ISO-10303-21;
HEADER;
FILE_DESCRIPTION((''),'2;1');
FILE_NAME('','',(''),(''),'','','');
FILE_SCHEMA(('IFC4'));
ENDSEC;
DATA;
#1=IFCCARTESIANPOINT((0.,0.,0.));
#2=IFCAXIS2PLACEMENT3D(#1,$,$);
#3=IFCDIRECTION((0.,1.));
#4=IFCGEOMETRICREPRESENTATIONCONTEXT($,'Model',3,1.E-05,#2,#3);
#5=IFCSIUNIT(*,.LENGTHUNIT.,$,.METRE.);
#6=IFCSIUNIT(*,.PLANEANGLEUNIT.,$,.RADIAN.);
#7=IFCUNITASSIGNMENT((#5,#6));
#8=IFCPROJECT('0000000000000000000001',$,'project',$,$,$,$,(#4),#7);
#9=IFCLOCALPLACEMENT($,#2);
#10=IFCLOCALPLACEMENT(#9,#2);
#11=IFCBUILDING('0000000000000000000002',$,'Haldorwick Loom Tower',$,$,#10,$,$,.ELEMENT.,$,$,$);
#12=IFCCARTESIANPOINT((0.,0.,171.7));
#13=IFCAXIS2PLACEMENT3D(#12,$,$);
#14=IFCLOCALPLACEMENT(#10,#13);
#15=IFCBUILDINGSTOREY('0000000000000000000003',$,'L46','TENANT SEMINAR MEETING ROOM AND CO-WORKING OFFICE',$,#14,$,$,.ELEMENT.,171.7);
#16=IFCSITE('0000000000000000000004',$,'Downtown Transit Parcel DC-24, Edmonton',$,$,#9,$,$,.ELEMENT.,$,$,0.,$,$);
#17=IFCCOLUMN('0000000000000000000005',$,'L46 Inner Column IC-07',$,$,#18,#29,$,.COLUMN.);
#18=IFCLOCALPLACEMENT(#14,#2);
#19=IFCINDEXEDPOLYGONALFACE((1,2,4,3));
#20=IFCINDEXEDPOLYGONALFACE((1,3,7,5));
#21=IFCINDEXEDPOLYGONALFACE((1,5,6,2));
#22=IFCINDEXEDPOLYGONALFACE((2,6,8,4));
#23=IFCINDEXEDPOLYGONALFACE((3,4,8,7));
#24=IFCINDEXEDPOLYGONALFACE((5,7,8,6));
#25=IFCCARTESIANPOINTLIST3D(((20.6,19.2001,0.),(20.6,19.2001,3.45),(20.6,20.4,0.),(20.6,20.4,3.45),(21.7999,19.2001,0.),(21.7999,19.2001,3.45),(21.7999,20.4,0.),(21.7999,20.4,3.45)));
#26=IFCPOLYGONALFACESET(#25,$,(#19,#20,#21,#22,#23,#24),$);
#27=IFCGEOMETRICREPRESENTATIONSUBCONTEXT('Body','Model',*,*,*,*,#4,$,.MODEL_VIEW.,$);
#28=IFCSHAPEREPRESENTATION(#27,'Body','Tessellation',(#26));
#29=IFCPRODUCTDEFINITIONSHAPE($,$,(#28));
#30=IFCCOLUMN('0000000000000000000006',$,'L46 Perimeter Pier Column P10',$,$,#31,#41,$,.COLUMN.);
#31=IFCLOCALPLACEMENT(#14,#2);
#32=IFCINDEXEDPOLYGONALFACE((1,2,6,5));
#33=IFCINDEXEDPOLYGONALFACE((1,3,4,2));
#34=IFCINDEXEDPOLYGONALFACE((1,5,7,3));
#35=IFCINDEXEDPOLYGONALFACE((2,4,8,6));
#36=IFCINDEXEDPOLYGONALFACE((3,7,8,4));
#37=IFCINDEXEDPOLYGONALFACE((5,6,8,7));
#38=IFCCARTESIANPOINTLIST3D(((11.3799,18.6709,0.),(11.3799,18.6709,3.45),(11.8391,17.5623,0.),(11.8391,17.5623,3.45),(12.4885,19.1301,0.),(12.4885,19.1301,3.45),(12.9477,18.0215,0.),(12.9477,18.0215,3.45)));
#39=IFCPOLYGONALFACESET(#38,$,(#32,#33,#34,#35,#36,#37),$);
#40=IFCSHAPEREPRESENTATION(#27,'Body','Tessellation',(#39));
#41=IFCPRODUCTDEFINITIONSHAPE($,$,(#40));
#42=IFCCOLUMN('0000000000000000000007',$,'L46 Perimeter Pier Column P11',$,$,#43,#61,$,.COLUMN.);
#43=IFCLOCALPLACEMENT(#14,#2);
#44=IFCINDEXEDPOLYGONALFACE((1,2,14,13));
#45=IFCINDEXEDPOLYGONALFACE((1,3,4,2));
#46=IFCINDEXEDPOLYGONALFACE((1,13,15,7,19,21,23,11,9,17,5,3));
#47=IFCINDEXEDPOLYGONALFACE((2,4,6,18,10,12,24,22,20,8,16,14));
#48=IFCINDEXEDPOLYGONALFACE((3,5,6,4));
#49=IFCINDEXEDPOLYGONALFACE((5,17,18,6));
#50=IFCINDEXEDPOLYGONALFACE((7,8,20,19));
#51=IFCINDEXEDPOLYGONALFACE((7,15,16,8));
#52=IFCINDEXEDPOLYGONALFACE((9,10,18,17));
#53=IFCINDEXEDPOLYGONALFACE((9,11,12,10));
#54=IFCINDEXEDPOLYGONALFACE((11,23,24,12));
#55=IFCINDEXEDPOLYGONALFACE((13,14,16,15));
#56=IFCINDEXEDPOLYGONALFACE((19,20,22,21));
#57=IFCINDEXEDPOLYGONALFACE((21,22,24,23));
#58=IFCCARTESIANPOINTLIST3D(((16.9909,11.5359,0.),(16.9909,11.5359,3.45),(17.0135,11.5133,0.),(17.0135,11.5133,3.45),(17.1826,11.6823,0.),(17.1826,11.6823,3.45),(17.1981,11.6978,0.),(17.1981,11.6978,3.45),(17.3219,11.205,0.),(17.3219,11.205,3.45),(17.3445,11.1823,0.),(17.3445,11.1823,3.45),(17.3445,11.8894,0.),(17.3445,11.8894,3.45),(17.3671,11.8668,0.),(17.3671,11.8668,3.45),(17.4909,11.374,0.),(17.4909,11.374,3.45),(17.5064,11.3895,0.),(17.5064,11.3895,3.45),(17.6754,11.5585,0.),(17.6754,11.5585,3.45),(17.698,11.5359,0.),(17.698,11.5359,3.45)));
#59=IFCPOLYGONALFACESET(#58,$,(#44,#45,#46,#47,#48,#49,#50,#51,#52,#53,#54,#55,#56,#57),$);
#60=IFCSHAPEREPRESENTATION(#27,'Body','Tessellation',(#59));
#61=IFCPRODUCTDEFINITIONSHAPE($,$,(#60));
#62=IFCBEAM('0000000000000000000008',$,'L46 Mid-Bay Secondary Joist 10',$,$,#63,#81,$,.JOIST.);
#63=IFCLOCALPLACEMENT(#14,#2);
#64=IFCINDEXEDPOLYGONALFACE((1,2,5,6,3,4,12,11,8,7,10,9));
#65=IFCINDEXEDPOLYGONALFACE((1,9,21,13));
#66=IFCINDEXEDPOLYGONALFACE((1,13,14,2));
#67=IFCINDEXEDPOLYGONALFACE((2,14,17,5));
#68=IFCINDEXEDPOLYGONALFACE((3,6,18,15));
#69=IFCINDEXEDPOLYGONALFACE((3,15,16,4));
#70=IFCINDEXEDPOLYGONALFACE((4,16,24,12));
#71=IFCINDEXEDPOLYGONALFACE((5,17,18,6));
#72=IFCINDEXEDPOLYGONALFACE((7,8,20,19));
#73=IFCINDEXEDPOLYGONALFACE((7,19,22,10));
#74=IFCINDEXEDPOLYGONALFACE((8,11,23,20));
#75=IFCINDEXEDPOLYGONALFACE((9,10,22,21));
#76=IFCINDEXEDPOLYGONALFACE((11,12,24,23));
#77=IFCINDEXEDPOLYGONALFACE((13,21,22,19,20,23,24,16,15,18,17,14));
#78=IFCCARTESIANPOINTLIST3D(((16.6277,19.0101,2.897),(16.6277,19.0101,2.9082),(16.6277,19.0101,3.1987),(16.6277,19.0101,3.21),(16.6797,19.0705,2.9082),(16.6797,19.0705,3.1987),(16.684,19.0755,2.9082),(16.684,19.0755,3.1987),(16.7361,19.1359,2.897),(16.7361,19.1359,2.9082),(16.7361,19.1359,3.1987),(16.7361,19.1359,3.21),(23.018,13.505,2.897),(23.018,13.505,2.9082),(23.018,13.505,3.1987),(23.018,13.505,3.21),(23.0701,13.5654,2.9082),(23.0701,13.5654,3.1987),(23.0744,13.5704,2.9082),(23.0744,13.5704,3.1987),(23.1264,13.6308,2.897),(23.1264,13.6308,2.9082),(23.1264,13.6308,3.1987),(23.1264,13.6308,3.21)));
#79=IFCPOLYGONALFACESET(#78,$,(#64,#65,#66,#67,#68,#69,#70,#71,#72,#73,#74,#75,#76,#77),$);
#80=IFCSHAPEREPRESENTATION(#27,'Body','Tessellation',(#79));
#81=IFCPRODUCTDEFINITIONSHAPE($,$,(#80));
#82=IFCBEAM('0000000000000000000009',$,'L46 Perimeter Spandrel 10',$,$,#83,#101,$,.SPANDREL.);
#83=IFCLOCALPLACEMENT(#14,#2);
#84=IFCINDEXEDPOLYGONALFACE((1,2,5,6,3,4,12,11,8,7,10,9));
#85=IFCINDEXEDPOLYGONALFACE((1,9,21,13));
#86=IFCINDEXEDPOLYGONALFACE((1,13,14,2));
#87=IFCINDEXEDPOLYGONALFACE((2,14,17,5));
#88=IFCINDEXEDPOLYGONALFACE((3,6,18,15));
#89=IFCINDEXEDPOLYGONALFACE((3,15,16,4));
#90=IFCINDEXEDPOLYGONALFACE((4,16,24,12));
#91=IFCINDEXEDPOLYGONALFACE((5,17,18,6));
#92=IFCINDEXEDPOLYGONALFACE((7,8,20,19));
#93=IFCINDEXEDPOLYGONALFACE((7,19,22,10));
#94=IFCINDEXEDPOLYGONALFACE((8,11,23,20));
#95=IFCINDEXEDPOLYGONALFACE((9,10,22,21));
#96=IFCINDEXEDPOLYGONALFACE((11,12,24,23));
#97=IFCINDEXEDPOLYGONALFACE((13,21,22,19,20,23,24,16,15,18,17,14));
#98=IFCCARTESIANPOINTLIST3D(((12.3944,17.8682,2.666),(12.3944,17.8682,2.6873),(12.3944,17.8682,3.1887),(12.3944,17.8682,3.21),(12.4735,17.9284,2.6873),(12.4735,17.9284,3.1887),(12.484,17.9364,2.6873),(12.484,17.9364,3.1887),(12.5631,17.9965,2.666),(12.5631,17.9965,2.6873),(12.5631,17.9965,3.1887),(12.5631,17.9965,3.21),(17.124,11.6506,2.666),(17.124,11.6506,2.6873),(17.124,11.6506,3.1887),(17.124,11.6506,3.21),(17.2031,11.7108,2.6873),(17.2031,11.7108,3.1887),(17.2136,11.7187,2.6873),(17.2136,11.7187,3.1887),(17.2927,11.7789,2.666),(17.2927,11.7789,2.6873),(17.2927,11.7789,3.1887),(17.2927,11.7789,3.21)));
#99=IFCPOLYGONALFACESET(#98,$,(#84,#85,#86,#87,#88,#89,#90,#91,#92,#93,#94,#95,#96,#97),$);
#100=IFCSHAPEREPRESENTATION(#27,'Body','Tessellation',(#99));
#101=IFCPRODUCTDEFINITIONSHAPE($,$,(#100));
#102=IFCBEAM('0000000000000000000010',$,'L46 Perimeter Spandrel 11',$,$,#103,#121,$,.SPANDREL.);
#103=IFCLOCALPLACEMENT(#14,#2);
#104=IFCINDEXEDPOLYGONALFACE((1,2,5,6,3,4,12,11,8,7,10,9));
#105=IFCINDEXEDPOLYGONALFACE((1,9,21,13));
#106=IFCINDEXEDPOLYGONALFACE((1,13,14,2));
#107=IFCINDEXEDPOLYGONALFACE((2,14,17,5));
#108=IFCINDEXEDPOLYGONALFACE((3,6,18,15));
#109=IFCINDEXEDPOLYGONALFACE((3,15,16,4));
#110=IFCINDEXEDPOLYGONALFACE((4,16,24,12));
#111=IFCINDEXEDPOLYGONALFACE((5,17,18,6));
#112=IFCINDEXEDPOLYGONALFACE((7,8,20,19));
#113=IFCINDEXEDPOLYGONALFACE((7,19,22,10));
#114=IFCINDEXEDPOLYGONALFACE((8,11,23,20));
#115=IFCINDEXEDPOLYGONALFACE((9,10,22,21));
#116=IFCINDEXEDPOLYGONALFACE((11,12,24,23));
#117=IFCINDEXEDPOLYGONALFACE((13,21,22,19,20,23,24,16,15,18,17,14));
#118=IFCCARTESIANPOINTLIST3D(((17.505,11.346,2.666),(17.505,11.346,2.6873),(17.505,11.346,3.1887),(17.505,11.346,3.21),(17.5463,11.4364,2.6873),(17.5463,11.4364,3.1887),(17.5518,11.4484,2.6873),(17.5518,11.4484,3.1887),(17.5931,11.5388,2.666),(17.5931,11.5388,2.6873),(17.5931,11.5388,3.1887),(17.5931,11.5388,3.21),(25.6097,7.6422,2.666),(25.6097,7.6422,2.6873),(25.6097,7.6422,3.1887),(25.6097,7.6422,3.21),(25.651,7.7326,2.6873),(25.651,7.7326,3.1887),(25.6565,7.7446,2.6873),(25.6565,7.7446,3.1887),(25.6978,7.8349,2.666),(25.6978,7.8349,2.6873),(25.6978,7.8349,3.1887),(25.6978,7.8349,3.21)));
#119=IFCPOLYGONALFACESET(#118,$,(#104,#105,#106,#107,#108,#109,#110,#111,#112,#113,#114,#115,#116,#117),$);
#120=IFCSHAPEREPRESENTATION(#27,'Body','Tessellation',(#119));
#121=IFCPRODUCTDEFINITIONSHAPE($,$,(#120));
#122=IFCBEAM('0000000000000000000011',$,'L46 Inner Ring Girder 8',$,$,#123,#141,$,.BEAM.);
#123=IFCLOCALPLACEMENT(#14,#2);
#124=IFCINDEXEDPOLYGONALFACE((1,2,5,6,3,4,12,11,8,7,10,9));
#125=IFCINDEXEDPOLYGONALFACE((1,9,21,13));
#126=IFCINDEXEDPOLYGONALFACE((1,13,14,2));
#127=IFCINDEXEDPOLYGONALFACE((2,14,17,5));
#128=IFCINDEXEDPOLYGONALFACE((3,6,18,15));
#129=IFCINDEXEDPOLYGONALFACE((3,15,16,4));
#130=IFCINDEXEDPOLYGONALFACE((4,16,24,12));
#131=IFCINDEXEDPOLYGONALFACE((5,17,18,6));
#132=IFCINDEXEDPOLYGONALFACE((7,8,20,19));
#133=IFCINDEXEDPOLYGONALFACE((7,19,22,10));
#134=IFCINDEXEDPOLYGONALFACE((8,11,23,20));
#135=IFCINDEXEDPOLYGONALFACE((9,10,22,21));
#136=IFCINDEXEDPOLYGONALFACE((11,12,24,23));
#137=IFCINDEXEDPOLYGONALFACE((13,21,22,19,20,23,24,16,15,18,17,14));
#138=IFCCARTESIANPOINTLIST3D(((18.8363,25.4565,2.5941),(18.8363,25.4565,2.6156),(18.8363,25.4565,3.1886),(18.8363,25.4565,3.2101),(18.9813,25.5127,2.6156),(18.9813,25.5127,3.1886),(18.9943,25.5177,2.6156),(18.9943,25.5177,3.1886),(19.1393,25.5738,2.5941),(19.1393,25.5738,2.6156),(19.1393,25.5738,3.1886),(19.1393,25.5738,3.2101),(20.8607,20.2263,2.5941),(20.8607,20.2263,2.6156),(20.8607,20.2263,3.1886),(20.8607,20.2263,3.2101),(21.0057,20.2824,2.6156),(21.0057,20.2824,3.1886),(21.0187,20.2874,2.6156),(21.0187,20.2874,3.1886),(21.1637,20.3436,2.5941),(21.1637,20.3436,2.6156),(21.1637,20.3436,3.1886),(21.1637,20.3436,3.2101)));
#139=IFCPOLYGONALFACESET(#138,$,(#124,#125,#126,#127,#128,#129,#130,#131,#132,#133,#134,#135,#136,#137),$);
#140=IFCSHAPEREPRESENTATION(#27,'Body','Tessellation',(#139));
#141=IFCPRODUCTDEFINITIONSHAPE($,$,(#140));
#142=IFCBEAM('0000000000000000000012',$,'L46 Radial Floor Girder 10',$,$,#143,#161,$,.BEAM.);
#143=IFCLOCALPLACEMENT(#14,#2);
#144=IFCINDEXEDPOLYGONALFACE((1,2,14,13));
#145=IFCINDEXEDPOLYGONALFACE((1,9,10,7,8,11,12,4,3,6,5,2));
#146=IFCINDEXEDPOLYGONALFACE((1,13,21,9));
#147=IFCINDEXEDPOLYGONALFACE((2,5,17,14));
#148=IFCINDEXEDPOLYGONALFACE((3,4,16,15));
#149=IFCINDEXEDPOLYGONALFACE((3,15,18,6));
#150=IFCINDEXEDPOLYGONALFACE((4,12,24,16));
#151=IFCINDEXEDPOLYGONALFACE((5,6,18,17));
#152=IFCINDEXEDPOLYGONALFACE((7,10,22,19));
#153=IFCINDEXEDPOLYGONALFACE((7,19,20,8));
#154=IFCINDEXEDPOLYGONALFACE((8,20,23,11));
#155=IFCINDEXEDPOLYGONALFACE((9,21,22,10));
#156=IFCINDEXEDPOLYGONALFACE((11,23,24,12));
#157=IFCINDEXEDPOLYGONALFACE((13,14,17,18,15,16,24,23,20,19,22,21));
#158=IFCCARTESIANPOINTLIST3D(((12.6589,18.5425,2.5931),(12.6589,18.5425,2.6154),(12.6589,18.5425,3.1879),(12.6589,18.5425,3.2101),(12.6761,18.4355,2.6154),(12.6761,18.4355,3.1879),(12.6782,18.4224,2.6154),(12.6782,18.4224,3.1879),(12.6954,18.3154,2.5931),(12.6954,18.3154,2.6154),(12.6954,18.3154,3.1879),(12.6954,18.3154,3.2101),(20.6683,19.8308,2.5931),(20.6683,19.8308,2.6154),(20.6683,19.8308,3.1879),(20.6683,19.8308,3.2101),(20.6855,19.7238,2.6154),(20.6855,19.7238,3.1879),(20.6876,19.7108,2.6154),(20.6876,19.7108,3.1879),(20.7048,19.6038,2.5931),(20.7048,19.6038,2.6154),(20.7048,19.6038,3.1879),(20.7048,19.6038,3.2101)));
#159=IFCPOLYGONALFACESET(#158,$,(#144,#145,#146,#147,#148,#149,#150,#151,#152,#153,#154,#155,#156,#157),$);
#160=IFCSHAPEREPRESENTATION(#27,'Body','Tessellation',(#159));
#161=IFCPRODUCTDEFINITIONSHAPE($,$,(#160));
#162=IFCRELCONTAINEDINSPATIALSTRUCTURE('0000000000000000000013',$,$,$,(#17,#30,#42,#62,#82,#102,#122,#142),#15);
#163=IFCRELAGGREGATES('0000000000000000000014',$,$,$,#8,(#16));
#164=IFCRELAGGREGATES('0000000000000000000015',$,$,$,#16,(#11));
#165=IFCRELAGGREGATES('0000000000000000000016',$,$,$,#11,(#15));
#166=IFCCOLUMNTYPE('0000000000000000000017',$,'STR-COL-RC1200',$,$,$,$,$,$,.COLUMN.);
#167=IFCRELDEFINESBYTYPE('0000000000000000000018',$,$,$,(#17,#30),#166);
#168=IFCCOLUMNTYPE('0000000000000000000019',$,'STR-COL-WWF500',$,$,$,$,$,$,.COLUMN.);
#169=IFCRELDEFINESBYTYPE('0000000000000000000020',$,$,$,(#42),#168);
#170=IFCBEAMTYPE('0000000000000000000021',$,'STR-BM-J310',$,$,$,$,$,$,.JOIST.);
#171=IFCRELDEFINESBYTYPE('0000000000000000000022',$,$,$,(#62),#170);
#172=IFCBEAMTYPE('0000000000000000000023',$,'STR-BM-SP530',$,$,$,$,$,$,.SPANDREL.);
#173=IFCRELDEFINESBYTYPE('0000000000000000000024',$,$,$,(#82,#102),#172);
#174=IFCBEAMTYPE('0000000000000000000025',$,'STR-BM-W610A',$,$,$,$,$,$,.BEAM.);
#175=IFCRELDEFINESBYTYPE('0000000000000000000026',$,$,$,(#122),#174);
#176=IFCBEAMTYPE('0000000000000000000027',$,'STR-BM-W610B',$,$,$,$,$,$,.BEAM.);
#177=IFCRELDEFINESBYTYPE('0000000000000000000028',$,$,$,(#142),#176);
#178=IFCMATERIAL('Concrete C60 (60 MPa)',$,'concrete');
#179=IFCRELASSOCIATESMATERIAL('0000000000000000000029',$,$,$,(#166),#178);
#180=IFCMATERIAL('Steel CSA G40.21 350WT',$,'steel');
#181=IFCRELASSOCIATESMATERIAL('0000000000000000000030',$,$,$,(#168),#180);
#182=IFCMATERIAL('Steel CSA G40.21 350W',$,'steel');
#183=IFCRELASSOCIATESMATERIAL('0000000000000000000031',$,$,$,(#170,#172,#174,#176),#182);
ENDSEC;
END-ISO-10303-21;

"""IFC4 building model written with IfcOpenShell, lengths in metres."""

from ifc_helpers import new_model, si_unit, direction, frame, origin, origin_2d, place, context, subcontext, project, spatial, rectangle, i_section, extrude, material, material_profile, profile_set, type_object, element, save


model = new_model("IFC4")

# Units and contexts
model_context = context("Model", 3, precision=1e-05, world=origin(), true_north=direction((0.0, 1.0)))
body_context = subcontext(model_context, "Body", "Model", "MODEL_VIEW")
ifc_project = project(units=[si_unit("LENGTHUNIT", "METRE"), si_unit("PLANEANGLEUNIT", "RADIAN")], contexts=[model_context])

# Site, building, storey
site_placement = place(None, origin())
site = spatial("IfcSite", under=ifc_project, at=site_placement, Name="Downtown Transit Parcel DC-24, Edmonton", CompositionType="ELEMENT", RefElevation=0.0)
building_placement = place(site_placement, origin())
building = spatial("IfcBuilding", under=site, at=building_placement, Name="Haldorwick Loom Tower", CompositionType="ELEMENT")
storey_placement = place(building_placement, frame((0.0, 0.0, 171.7)))
storey = spatial("IfcBuildingStorey", under=building, at=storey_placement, Name="L46", Description="TENANT SEMINAR MEETING ROOM AND CO-WORKING OFFICE", CompositionType="ELEMENT", Elevation=171.7)

# Columns
ifc_material_1 = material(Name="Concrete C60 (60 MPa)", Category="concrete")
ifc_material_profile_1 = material_profile(ifc_material_1, rectangle(XDim=1.2, YDim=1.2, at=origin_2d()), Name="RC1200X1200", Category="concrete")
ifc_profile_set_1 = profile_set([ifc_material_profile_1], Name="Concrete C60 (60 MPa)")
column_type_1 = type_object("IfcColumnType", Name="STR-COL-RC1200", PredefinedType="COLUMN", material=ifc_profile_set_1)
for number, where, z_axis, x_axis, name in (
    (1, (21.2, 19.8, 0.0), (0.0, 0.0, 1.0), (1.0, 0.0, 0.0), "L46 Inner Column IC-07"),
    (2, (12.1638, 18.3462, 0.0), (0.0, 0.0, 1.0), (-0.92388, -0.382683, 0.0), "L46 Perimeter Pier Column P10"),
):
    element("IfcColumn", number, at=place(storey_placement, frame(where, z_axis=z_axis, x_axis=x_axis)), inside=storey, type_object=column_type_1, Name=name, PredefinedType="COLUMN", context=body_context, shape_type="SweptSolid", body=[
        extrude(rectangle(XDim=1.2, YDim=1.2, at=origin_2d()), origin(), (0.0, 0.0, 1.0), 3.45),
    ])
ifc_material_2 = material(Name="Steel CSA G40.21 350WT", Category="steel")
ifc_material_profile_2 = material_profile(ifc_material_2, i_section(OverallWidth=0.5, OverallDepth=0.5, WebThickness=0.022, FlangeThickness=0.032, at=origin_2d()), Name="WWF500X500", Category="steel")
ifc_profile_set_2 = profile_set([ifc_material_profile_2], Name="Steel CSA G40.21 350WT")
column_type_2 = type_object("IfcColumnType", Name="STR-COL-WWF500", PredefinedType="COLUMN", material=ifc_profile_set_2)
column_placement = place(storey_placement, frame((17.3445, 11.5359, 0.0), z_axis=(0.0, 0.0, 1.0), x_axis=(-0.707107, -0.707107, 0.0)))
element("IfcColumn", 3, at=column_placement, inside=storey, type_object=column_type_2, Name="L46 Perimeter Pier Column P11", PredefinedType="COLUMN", context=body_context, shape_type="SweptSolid", body=[
    extrude(i_section(OverallWidth=0.5, OverallDepth=0.5, WebThickness=0.022, FlangeThickness=0.032, at=origin_2d()), origin(), (0.0, 0.0, 1.0), 3.45),
])

# Beams
ifc_material_3 = material(Name="Steel CSA G40.21 350W", Category="steel")
ifc_material_profile_3 = material_profile(ifc_material_3, i_section(OverallWidth=0.166, OverallDepth=0.313, WebThickness=0.0066, FlangeThickness=0.0112, at=origin_2d()), Name="W310X45", Category="steel")
ifc_profile_set_3 = profile_set([ifc_material_profile_3], Name="Steel CSA G40.21 350W")
beam_type_1 = type_object("IfcBeamType", Name="STR-BM-J310", PredefinedType="JOIST", material=ifc_profile_set_3)
beam_1_placement = place(storey_placement, frame((16.6819, 19.073, 3.0535), z_axis=(0.757634, -0.65268, 0.0), x_axis=(0.65268, 0.757634, 0.0)))
element("IfcBeam", 4, at=beam_1_placement, inside=storey, type_object=beam_type_1, Name="L46 Mid-Bay Secondary Joist 10", PredefinedType="JOIST", context=body_context, shape_type="SweptSolid", body=[
    extrude(i_section(OverallWidth=0.166, OverallDepth=0.313, WebThickness=0.0066, FlangeThickness=0.0112, at=origin_2d()), origin(), (0.0, 0.0, 1.0), 8.4346),
])
ifc_material_profile_4 = material_profile(ifc_material_3, i_section(OverallWidth=0.2119, OverallDepth=0.5439, WebThickness=0.0132, FlangeThickness=0.0212, at=origin_2d()), Name="W530X123", Category="steel")
ifc_profile_set_4 = profile_set([ifc_material_profile_4], Name="Steel CSA G40.21 350W")
beam_type_2 = type_object("IfcBeamType", Name="STR-BM-SP530", PredefinedType="SPANDREL", material=ifc_profile_set_4)
beam_2_placement = place(storey_placement, frame((12.4788, 17.9324, 2.938), z_axis=(0.605422, -0.795905, 0.0), x_axis=(0.795905, 0.605422, 0.0)))
element("IfcBeam", 5, at=beam_2_placement, inside=storey, type_object=beam_type_2, Name="L46 Perimeter Spandrel 10", PredefinedType="SPANDREL", context=body_context, shape_type="SweptSolid", body=[
    extrude(i_section(OverallWidth=0.2119, OverallDepth=0.5439, WebThickness=0.0132, FlangeThickness=0.0212, at=origin_2d()), origin(), (0.0, 0.0, 1.0), 7.812),
])
beam_3_placement = place(storey_placement, frame((17.5491, 11.4424, 2.938), z_axis=(0.909524, -0.415652, 0.0), x_axis=(0.415652, 0.909524, 0.0)))
element("IfcBeam", 6, at=beam_3_placement, inside=storey, type_object=beam_type_2, Name="L46 Perimeter Spandrel 11", PredefinedType="SPANDREL", context=body_context, shape_type="SweptSolid", body=[
    extrude(i_section(OverallWidth=0.2119, OverallDepth=0.5439, WebThickness=0.0132, FlangeThickness=0.0212, at=origin_2d()), origin(), (0.0, 0.0, 1.0), 8.9109),
])
ifc_material_profile_5 = material_profile(ifc_material_3, i_section(OverallWidth=0.325, OverallDepth=0.616, WebThickness=0.0139, FlangeThickness=0.0215, at=origin_2d()), Name="W610X174", Category="steel")
ifc_profile_set_5 = profile_set([ifc_material_profile_5], Name="Steel CSA G40.21 350W")
beam_type_3 = type_object("IfcBeamType", Name="STR-BM-W610A", PredefinedType="BEAM", material=ifc_profile_set_5)
beam_4_placement = place(storey_placement, frame((21.0122, 20.2849, 2.9021), z_axis=(-0.360965, 0.932579, 0.0), x_axis=(-0.932579, -0.360965, 0.0)))
element("IfcBeam", 7, at=beam_4_placement, inside=storey, type_object=beam_type_3, Name="L46 Inner Ring Girder 8", PredefinedType="BEAM", context=body_context, shape_type="SweptSolid", body=[
    extrude(i_section(OverallWidth=0.325, OverallDepth=0.616, WebThickness=0.0139, FlangeThickness=0.0215, at=origin_2d()), origin(), (0.0, 0.0, 1.0), 5.6084),
])
ifc_material_profile_6 = material_profile(ifc_material_3, i_section(OverallWidth=0.23, OverallDepth=0.6169, WebThickness=0.0132, FlangeThickness=0.0222, at=origin_2d()), Name="W610X140", Category="steel")
ifc_profile_set_6 = profile_set([ifc_material_profile_6], Name="Steel CSA G40.21 350W")
beam_type_4 = type_object("IfcBeamType", Name="STR-BM-W610B", PredefinedType="BEAM", material=ifc_profile_set_6)
beam_5_placement = place(storey_placement, frame((20.6865, 19.7173, 2.9016), z_axis=(-0.987309, -0.158813, 0.0), x_axis=(0.158813, -0.987309, 0.0)))
element("IfcBeam", 8, at=beam_5_placement, inside=storey, type_object=beam_type_4, Name="L46 Radial Floor Girder 10", PredefinedType="BEAM", context=body_context, shape_type="SweptSolid", body=[
    extrude(i_section(OverallWidth=0.23, OverallDepth=0.6169, WebThickness=0.0132, FlangeThickness=0.0222, at=origin_2d()), origin(), (0.0, 0.0, 1.0), 8.1123),
])

save(model, "model.ifc")
